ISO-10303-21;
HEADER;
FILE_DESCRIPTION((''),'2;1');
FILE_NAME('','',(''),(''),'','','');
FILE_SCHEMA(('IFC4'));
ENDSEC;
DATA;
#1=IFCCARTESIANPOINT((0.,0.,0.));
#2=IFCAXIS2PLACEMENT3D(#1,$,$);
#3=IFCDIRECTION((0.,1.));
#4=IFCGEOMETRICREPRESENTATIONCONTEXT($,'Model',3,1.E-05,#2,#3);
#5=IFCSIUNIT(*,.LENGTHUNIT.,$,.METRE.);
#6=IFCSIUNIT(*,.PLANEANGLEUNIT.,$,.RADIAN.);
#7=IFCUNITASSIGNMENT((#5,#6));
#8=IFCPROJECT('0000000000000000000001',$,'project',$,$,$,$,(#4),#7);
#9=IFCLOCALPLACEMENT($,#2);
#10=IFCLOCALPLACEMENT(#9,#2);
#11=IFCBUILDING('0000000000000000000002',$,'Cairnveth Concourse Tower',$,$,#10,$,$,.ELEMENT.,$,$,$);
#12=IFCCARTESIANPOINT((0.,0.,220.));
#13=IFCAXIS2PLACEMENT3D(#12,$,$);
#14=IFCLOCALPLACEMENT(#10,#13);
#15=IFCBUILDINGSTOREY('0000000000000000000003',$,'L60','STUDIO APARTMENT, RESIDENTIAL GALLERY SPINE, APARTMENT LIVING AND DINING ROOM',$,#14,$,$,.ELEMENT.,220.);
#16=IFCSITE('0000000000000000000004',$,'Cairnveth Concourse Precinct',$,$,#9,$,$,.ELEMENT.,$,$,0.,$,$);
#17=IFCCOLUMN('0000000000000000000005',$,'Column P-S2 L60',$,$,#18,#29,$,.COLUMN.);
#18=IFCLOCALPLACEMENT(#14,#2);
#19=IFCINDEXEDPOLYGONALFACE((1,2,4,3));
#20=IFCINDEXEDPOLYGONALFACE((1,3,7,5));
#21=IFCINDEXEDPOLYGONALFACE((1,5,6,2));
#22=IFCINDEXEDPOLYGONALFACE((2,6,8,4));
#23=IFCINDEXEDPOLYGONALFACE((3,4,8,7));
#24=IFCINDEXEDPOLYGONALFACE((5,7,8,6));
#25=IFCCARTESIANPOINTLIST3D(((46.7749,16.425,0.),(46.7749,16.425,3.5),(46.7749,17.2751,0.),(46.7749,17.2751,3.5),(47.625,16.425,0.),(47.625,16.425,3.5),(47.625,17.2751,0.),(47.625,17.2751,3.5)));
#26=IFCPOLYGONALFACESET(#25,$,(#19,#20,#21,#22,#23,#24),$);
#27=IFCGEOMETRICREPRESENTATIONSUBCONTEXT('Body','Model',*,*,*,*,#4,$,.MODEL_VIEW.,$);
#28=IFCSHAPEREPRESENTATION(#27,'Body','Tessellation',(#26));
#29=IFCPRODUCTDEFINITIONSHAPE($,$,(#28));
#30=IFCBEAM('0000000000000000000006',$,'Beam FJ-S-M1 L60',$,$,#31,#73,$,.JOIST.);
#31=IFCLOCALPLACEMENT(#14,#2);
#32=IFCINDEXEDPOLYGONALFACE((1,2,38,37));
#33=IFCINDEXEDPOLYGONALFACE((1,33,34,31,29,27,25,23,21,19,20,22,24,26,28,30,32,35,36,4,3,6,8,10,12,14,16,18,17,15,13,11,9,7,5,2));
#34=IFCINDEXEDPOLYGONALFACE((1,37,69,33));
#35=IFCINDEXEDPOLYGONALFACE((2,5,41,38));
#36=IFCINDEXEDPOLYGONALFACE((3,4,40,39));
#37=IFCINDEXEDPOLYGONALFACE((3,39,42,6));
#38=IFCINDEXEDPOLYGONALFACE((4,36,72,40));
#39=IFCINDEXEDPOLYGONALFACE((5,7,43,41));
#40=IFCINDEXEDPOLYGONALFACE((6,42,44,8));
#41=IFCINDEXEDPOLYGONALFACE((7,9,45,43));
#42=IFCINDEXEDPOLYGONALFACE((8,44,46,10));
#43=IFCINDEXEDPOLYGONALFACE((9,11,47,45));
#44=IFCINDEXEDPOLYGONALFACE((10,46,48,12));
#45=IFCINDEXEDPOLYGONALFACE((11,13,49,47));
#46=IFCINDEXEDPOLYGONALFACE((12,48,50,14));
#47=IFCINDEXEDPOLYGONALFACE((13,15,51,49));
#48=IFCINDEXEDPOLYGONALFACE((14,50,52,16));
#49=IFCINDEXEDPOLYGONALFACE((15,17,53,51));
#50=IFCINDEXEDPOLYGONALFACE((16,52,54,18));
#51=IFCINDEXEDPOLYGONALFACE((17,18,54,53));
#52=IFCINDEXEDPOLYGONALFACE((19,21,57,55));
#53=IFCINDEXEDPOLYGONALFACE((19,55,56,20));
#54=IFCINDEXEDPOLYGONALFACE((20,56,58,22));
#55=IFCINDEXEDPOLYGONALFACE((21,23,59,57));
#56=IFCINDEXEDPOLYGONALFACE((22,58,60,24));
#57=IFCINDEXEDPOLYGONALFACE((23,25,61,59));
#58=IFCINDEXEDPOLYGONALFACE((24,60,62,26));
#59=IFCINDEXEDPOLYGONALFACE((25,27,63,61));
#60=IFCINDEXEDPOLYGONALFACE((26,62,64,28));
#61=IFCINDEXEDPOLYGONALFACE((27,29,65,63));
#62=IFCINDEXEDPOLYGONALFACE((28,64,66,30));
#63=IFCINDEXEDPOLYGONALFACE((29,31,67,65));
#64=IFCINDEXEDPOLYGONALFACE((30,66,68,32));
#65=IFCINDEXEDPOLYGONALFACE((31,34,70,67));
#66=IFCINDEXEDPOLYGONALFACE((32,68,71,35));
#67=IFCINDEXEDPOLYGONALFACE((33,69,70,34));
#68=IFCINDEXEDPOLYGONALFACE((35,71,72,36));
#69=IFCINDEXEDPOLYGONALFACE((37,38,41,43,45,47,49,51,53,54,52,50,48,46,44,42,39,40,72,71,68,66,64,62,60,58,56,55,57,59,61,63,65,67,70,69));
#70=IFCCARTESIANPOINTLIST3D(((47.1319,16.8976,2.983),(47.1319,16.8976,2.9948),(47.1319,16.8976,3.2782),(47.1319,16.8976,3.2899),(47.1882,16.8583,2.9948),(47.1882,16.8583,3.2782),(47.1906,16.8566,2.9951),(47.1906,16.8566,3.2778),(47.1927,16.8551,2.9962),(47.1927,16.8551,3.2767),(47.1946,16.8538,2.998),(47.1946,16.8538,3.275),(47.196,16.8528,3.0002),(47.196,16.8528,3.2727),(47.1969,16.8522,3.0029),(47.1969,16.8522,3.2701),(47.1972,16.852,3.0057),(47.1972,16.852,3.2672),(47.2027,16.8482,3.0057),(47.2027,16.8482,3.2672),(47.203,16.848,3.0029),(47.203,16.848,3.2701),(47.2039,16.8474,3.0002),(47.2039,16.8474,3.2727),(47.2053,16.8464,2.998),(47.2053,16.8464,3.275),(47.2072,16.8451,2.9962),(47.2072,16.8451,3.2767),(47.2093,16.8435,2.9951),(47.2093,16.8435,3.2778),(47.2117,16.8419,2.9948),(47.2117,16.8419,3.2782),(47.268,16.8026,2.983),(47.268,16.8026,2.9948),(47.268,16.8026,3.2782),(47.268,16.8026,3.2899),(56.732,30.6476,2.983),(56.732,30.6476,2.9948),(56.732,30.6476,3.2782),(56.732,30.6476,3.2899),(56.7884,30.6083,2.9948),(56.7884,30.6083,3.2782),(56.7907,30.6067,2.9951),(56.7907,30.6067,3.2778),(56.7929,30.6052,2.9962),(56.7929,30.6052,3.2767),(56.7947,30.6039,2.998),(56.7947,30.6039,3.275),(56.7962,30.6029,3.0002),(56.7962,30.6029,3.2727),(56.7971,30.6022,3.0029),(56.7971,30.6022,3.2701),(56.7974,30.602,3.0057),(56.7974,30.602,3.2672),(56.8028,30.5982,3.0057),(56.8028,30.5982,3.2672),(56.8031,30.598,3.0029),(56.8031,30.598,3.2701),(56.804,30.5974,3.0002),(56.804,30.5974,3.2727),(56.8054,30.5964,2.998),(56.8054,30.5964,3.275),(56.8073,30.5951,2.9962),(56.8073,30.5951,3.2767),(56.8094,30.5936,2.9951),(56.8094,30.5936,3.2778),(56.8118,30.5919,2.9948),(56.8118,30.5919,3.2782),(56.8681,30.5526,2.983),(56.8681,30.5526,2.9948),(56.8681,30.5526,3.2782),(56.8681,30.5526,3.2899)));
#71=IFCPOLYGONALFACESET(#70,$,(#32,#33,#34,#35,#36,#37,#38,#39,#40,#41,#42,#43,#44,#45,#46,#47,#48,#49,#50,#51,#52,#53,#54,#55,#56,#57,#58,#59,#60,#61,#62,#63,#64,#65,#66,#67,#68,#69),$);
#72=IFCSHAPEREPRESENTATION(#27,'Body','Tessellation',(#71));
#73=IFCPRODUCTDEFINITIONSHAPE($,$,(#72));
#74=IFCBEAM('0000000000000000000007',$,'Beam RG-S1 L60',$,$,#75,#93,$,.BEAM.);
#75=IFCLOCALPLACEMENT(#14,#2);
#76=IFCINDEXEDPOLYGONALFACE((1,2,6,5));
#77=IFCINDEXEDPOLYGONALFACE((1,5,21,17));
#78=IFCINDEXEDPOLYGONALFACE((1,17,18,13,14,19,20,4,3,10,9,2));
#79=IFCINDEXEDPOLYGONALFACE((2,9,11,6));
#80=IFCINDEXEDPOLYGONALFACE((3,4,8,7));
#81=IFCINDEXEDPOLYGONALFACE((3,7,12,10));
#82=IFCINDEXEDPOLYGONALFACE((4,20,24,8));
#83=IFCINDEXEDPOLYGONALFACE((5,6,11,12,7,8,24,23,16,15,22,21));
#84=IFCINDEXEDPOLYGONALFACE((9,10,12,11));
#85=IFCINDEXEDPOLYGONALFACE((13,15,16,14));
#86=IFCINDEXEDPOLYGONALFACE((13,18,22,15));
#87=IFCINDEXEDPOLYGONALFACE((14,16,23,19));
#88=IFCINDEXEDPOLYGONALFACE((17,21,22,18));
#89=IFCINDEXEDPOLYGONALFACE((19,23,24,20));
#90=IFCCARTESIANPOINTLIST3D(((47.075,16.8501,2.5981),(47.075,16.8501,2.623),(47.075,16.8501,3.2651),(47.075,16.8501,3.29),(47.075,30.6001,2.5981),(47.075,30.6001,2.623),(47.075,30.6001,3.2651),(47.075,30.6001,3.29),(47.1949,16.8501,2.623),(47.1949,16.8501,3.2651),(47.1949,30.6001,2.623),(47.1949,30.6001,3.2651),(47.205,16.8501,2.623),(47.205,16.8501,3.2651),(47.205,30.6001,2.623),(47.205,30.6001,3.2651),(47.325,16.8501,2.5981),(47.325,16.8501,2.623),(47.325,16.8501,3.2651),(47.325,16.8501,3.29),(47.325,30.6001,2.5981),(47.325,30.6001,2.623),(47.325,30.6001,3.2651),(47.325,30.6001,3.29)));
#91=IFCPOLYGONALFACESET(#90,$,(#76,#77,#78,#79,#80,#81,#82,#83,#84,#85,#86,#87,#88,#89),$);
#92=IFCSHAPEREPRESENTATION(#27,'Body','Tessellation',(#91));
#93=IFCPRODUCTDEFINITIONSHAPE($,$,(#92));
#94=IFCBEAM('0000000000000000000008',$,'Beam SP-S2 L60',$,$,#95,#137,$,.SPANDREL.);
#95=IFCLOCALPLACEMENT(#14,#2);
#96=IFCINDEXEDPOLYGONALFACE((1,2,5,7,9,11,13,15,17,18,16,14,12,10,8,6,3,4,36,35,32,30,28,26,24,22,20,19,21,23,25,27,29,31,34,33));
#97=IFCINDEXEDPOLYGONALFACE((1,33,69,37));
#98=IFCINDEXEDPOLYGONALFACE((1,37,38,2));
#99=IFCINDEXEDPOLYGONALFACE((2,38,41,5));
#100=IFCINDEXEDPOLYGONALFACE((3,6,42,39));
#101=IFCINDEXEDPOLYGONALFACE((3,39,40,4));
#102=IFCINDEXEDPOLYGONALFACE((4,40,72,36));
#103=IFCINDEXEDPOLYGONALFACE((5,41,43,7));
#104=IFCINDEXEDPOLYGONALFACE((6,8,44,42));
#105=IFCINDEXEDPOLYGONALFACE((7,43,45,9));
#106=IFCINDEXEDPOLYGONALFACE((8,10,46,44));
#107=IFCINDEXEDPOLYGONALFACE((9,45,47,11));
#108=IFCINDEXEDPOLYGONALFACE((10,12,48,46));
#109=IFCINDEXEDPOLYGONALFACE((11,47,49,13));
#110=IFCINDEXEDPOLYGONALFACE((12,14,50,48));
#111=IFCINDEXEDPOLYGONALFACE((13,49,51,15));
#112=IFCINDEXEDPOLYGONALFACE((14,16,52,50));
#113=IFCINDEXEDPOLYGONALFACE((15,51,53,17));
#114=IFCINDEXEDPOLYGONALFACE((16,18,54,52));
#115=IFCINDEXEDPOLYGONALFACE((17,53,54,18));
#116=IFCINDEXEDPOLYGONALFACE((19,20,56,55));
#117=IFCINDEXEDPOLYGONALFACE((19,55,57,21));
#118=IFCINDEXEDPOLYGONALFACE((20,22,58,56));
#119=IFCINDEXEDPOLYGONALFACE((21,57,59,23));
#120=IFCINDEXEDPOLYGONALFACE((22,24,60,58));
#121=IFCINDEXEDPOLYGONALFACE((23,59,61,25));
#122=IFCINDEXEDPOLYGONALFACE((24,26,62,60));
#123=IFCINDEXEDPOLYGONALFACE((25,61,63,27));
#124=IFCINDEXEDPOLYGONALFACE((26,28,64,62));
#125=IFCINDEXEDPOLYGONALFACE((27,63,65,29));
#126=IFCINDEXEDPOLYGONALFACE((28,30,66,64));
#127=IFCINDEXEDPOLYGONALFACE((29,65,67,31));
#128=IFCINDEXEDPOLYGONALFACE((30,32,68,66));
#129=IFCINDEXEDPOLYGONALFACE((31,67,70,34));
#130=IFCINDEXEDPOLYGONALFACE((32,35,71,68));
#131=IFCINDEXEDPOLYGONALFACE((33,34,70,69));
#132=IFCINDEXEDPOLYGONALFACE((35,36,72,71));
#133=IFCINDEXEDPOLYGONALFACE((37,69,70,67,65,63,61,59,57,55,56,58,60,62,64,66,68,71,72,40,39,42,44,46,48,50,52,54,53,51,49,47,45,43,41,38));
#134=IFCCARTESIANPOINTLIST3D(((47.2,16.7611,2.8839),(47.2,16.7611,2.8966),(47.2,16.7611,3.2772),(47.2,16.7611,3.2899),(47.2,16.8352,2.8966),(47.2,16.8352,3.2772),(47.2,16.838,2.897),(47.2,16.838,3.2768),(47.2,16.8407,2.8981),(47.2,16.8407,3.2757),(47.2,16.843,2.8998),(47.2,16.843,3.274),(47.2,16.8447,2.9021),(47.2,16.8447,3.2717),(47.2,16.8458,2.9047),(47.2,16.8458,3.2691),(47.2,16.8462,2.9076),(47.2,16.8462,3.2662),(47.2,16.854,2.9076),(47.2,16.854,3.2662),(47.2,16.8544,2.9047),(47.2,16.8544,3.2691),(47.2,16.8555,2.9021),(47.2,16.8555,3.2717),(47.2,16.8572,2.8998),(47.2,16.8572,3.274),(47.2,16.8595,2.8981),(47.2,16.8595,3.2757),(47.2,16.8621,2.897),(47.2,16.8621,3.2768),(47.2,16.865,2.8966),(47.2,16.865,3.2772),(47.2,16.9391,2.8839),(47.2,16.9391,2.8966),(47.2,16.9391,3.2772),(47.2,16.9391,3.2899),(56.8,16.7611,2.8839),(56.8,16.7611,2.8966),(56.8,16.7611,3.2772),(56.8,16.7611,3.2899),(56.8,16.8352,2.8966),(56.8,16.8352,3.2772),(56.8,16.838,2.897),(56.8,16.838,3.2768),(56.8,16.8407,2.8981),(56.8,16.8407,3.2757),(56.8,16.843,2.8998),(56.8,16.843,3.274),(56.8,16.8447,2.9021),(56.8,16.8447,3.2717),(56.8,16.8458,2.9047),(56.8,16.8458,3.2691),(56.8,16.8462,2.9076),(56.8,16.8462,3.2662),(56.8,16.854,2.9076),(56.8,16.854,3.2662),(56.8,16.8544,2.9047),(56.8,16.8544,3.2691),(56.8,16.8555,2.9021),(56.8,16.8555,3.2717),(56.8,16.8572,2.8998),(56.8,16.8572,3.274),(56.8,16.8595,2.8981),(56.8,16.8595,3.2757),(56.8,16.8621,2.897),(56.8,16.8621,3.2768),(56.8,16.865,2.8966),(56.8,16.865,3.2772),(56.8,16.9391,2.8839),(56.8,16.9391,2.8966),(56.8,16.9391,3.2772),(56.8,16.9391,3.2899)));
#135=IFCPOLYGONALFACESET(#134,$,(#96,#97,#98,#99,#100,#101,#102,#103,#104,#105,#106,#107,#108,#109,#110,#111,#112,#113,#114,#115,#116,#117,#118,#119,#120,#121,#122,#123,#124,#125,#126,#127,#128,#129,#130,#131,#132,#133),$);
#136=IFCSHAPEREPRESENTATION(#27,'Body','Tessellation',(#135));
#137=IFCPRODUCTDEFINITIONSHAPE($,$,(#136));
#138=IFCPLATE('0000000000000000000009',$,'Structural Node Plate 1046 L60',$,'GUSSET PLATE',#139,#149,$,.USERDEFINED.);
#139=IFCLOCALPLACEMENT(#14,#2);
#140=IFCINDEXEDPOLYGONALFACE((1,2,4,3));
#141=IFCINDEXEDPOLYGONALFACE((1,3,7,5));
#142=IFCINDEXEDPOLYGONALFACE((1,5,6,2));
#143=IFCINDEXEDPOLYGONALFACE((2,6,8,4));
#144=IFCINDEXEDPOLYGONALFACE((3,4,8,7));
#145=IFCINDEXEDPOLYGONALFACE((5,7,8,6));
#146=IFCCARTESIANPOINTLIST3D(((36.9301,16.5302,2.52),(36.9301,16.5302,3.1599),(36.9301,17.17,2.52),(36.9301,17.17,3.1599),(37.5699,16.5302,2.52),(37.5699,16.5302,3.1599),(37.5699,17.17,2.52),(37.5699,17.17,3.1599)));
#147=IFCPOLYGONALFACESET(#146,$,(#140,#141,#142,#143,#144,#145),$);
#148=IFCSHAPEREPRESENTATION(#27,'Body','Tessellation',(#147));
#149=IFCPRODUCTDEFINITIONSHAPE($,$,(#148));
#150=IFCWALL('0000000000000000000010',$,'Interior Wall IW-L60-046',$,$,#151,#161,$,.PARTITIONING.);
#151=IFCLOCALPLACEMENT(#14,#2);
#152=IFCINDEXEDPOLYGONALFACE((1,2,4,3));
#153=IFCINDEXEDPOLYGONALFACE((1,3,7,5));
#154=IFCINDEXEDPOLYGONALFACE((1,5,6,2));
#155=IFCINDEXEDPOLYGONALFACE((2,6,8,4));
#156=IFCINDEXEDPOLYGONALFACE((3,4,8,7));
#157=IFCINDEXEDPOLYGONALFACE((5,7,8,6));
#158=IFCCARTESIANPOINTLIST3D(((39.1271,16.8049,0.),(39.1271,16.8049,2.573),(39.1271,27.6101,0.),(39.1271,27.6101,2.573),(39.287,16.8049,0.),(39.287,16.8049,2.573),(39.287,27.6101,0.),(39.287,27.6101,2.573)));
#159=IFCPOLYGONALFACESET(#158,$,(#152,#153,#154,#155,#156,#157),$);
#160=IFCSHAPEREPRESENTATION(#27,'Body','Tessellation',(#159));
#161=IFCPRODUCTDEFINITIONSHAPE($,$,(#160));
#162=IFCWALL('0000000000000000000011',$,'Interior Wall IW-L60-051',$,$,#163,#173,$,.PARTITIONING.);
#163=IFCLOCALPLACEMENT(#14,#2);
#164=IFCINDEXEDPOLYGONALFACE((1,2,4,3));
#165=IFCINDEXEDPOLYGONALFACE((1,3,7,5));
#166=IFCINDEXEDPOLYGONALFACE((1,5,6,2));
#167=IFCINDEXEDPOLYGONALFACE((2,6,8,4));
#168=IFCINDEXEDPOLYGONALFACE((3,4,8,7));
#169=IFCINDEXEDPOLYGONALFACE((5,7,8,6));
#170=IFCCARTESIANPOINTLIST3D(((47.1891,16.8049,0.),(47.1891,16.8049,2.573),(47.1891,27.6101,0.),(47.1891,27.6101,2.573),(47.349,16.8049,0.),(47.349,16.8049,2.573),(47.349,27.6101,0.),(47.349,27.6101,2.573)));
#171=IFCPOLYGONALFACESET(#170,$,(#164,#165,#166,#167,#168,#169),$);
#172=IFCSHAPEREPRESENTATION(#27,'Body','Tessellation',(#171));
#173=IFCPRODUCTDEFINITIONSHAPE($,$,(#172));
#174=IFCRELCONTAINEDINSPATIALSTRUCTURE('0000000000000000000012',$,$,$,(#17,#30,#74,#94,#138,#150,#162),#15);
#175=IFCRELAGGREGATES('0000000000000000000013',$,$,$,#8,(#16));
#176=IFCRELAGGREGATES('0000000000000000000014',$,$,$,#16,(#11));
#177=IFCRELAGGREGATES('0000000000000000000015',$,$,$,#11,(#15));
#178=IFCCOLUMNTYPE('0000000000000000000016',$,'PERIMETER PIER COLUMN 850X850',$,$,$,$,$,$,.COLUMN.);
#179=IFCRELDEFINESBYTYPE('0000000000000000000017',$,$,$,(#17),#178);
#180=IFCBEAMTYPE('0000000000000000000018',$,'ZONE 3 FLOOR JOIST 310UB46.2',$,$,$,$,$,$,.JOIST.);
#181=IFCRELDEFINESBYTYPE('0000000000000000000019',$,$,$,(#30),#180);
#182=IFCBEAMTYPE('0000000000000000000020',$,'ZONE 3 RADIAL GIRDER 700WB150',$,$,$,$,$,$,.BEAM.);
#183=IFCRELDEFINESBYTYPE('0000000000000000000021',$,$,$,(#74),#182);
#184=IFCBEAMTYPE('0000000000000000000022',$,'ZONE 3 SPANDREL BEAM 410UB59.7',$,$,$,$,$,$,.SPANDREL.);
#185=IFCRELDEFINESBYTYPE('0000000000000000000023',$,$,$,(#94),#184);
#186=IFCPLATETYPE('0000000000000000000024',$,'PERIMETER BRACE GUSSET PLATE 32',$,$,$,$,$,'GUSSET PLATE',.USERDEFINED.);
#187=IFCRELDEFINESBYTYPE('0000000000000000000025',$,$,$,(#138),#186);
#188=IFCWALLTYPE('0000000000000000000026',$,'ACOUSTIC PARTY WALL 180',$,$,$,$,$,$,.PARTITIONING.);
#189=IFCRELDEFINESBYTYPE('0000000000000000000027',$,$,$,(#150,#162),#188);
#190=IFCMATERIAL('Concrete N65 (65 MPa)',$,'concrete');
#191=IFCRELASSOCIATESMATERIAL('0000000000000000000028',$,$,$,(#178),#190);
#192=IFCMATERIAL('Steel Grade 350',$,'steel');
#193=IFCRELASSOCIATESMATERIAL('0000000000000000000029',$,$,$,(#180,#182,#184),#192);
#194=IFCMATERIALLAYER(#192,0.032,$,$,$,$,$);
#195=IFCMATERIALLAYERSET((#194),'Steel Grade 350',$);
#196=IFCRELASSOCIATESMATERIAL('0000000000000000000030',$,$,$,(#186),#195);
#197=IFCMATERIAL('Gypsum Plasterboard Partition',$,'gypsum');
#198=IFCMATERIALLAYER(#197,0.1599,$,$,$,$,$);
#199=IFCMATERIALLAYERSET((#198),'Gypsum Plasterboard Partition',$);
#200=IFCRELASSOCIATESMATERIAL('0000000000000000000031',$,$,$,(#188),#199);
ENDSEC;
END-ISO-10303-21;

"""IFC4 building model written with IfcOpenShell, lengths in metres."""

from ifc_helpers import new_model, si_unit, direction, frame, frame_2d, origin, origin_2d, place, context, subcontext, project, spatial, rectangle, i_section, extrude, material, layer, layer_set, material_profile, profile_set, type_object, element, save


model = new_model("IFC4")

# Units and contexts
model_context = context("Model", 3, precision=1e-05, world=origin(), true_north=direction((0.0, 1.0)))
body_context = subcontext(model_context, "Body", "Model", "MODEL_VIEW")
ifc_project = project(units=[si_unit("LENGTHUNIT", "METRE"), si_unit("PLANEANGLEUNIT", "RADIAN")], contexts=[model_context])

# Site, building, storey
site_placement = place(None, origin())
site = spatial("IfcSite", under=ifc_project, at=site_placement, Name="Cairnveth Concourse Precinct", CompositionType="ELEMENT", RefElevation=0.0)
building_placement = place(site_placement, origin())
building = spatial("IfcBuilding", under=site, at=building_placement, Name="Cairnveth Concourse Tower", CompositionType="ELEMENT")
storey_placement = place(building_placement, frame((0.0, 0.0, 220.0)))
storey = spatial("IfcBuildingStorey", under=building, at=storey_placement, Name="L60", Description="STUDIO APARTMENT, RESIDENTIAL GALLERY SPINE, APARTMENT LIVING AND DINING ROOM", CompositionType="ELEMENT", Elevation=220.0)

# Column
ifc_material_1 = material(Name="Concrete N65 (65 MPa)", Category="concrete")
ifc_material_profile_1 = material_profile(ifc_material_1, rectangle(XDim=0.8501, YDim=0.8501, at=origin_2d()), Name="RC-COL-850x850")
ifc_profile_set_1 = profile_set([ifc_material_profile_1], Name="Concrete N65 (65 MPa)")
column_type = type_object("IfcColumnType", Name="PERIMETER PIER COLUMN 850X850", PredefinedType="COLUMN", material=ifc_profile_set_1)
column_placement = place(storey_placement, frame((47.2, 16.8501, 0.0), z_axis=(0.0, 0.0, 1.0), x_axis=(1.0, 0.0, 0.0)))
element("IfcColumn", 1, at=column_placement, inside=storey, type_object=column_type, Name="Column P-S2 L60", PredefinedType="COLUMN", context=body_context, shape_type="SweptSolid", body=[
    extrude(rectangle(XDim=0.8501, YDim=0.8501, at=origin_2d()), origin(), (0.0, 0.0, 1.0), 3.5),
])

# Beams
ifc_material_2 = material(Name="Steel Grade 350", Category="steel")
ifc_material_profile_2 = material_profile(ifc_material_2, i_section(OverallWidth=0.166, OverallDepth=0.3069, WebThickness=0.0066, FlangeThickness=0.0117, FilletRadius=0.011, at=origin_2d()), Name="310UB46.2")
ifc_profile_set_2 = profile_set([ifc_material_profile_2], Name="Steel Grade 350")
beam_type_1 = type_object("IfcBeamType", Name="ZONE 3 FLOOR JOIST 310UB46.2", PredefinedType="JOIST", material=ifc_profile_set_2)
beam_1_placement = place(storey_placement, frame((47.2, 16.8501, 3.1365), z_axis=(0.572465, 0.819929, 0.0), x_axis=(-0.819929, 0.572465, 0.0)))
element("IfcBeam", 2, at=beam_1_placement, inside=storey, type_object=beam_type_1, Name="Beam FJ-S-M1 L60", PredefinedType="JOIST", context=body_context, shape_type="SweptSolid", body=[
    extrude(i_section(OverallWidth=0.166, OverallDepth=0.3069, WebThickness=0.0066, FlangeThickness=0.0117, FilletRadius=0.011, at=origin_2d()), origin(), (0.0, 0.0, 1.0), 16.7698),
])
ifc_material_profile_3 = material_profile(ifc_material_2, i_section(OverallWidth=0.25, OverallDepth=0.6919, WebThickness=0.01, FlangeThickness=0.0249, at=origin_2d()), Name="700WB150")
ifc_profile_set_3 = profile_set([ifc_material_profile_3], Name="Steel Grade 350")
beam_type_2 = type_object("IfcBeamType", Name="ZONE 3 RADIAL GIRDER 700WB150", PredefinedType="BEAM", material=ifc_profile_set_3)
beam_2_placement = place(storey_placement, frame((47.2, 16.8501, 2.9441), z_axis=(0.0, 1.0, 0.0), x_axis=(-1.0, 0.0, 0.0)))
element("IfcBeam", 3, at=beam_2_placement, inside=storey, type_object=beam_type_2, Name="Beam RG-S1 L60", PredefinedType="BEAM", context=body_context, shape_type="SweptSolid", body=[
    extrude(i_section(OverallWidth=0.25, OverallDepth=0.6919, WebThickness=0.01, FlangeThickness=0.0249, at=origin_2d()), origin(), (0.0, 0.0, 1.0), 13.75),
])
ifc_material_profile_4 = material_profile(ifc_material_2, i_section(OverallWidth=0.178, OverallDepth=0.406, WebThickness=0.0078, FlangeThickness=0.0127, FilletRadius=0.011, at=origin_2d()), Name="410UB59.7")
ifc_profile_set_4 = profile_set([ifc_material_profile_4], Name="Steel Grade 350")
beam_type_3 = type_object("IfcBeamType", Name="ZONE 3 SPANDREL BEAM 410UB59.7", PredefinedType="SPANDREL", material=ifc_profile_set_4)
beam_3_placement = place(storey_placement, frame((47.2, 16.8501, 3.0869), z_axis=(1.0, 0.0, 0.0), x_axis=(0.0, 1.0, 0.0)))
element("IfcBeam", 4, at=beam_3_placement, inside=storey, type_object=beam_type_3, Name="Beam SP-S2 L60", PredefinedType="SPANDREL", context=body_context, shape_type="SweptSolid", body=[
    extrude(i_section(OverallWidth=0.178, OverallDepth=0.406, WebThickness=0.0078, FlangeThickness=0.0127, FilletRadius=0.011, at=origin_2d()), origin(), (0.0, 0.0, 1.0), 9.6001),
])

# Plate
ifc_layer_1 = layer(ifc_material_2, 0.032)
ifc_layer_set_1 = layer_set([ifc_layer_1], Name="Steel Grade 350")
plate_type = type_object("IfcPlateType", Name="PERIMETER BRACE GUSSET PLATE 32", ElementType="GUSSET PLATE", PredefinedType="USERDEFINED", material=ifc_layer_set_1)
plate_placement = place(storey_placement, frame((37.25, 16.8501, 2.52), z_axis=(0.0, 0.0, 1.0), x_axis=(1.0, 0.0, 0.0)))
element("IfcPlate", 5, at=plate_placement, inside=storey, type_object=plate_type, Name="Structural Node Plate 1046 L60", ObjectType="GUSSET PLATE", PredefinedType="USERDEFINED", context=body_context, shape_type="SweptSolid", body=[
    extrude(rectangle(XDim=0.6399, YDim=0.6399, at=origin_2d()), origin(), (0.0, 0.0, 1.0), 0.6399),
])

# Walls
ifc_material_3 = material(Name="Gypsum Plasterboard Partition", Category="gypsum")
ifc_layer_2 = layer(ifc_material_3, 0.1599)
ifc_layer_set_2 = layer_set([ifc_layer_2], Name="Gypsum Plasterboard Partition")
wall_type_1 = type_object("IfcWallType", Name="ACOUSTIC PARTY WALL 180", PredefinedType="PARTITIONING", material=ifc_layer_set_2)
for number, where, z_axis, x_axis, name in (
    (6, (39.207, 16.8049, 0.0), (0.0, 0.0, 1.0), (0.0, 1.0, 0.0), "Interior Wall IW-L60-046"),
    (7, (47.269, 16.8049, 0.0), (0.0, 0.0, 1.0), (0.0, 1.0, 0.0), "Interior Wall IW-L60-051"),
):
    element("IfcWall", number, at=place(storey_placement, frame(where, z_axis=z_axis, x_axis=x_axis)), inside=storey, type_object=wall_type_1, Name=name, PredefinedType="PARTITIONING", context=body_context, shape_type="SweptSolid", body=[
        extrude(rectangle(XDim=10.8052, YDim=0.1599, at=frame_2d((5.4026, 0.0))), origin(), (0.0, 0.0, 1.0), 2.573),
    ])

save(model, "model.ifc")
